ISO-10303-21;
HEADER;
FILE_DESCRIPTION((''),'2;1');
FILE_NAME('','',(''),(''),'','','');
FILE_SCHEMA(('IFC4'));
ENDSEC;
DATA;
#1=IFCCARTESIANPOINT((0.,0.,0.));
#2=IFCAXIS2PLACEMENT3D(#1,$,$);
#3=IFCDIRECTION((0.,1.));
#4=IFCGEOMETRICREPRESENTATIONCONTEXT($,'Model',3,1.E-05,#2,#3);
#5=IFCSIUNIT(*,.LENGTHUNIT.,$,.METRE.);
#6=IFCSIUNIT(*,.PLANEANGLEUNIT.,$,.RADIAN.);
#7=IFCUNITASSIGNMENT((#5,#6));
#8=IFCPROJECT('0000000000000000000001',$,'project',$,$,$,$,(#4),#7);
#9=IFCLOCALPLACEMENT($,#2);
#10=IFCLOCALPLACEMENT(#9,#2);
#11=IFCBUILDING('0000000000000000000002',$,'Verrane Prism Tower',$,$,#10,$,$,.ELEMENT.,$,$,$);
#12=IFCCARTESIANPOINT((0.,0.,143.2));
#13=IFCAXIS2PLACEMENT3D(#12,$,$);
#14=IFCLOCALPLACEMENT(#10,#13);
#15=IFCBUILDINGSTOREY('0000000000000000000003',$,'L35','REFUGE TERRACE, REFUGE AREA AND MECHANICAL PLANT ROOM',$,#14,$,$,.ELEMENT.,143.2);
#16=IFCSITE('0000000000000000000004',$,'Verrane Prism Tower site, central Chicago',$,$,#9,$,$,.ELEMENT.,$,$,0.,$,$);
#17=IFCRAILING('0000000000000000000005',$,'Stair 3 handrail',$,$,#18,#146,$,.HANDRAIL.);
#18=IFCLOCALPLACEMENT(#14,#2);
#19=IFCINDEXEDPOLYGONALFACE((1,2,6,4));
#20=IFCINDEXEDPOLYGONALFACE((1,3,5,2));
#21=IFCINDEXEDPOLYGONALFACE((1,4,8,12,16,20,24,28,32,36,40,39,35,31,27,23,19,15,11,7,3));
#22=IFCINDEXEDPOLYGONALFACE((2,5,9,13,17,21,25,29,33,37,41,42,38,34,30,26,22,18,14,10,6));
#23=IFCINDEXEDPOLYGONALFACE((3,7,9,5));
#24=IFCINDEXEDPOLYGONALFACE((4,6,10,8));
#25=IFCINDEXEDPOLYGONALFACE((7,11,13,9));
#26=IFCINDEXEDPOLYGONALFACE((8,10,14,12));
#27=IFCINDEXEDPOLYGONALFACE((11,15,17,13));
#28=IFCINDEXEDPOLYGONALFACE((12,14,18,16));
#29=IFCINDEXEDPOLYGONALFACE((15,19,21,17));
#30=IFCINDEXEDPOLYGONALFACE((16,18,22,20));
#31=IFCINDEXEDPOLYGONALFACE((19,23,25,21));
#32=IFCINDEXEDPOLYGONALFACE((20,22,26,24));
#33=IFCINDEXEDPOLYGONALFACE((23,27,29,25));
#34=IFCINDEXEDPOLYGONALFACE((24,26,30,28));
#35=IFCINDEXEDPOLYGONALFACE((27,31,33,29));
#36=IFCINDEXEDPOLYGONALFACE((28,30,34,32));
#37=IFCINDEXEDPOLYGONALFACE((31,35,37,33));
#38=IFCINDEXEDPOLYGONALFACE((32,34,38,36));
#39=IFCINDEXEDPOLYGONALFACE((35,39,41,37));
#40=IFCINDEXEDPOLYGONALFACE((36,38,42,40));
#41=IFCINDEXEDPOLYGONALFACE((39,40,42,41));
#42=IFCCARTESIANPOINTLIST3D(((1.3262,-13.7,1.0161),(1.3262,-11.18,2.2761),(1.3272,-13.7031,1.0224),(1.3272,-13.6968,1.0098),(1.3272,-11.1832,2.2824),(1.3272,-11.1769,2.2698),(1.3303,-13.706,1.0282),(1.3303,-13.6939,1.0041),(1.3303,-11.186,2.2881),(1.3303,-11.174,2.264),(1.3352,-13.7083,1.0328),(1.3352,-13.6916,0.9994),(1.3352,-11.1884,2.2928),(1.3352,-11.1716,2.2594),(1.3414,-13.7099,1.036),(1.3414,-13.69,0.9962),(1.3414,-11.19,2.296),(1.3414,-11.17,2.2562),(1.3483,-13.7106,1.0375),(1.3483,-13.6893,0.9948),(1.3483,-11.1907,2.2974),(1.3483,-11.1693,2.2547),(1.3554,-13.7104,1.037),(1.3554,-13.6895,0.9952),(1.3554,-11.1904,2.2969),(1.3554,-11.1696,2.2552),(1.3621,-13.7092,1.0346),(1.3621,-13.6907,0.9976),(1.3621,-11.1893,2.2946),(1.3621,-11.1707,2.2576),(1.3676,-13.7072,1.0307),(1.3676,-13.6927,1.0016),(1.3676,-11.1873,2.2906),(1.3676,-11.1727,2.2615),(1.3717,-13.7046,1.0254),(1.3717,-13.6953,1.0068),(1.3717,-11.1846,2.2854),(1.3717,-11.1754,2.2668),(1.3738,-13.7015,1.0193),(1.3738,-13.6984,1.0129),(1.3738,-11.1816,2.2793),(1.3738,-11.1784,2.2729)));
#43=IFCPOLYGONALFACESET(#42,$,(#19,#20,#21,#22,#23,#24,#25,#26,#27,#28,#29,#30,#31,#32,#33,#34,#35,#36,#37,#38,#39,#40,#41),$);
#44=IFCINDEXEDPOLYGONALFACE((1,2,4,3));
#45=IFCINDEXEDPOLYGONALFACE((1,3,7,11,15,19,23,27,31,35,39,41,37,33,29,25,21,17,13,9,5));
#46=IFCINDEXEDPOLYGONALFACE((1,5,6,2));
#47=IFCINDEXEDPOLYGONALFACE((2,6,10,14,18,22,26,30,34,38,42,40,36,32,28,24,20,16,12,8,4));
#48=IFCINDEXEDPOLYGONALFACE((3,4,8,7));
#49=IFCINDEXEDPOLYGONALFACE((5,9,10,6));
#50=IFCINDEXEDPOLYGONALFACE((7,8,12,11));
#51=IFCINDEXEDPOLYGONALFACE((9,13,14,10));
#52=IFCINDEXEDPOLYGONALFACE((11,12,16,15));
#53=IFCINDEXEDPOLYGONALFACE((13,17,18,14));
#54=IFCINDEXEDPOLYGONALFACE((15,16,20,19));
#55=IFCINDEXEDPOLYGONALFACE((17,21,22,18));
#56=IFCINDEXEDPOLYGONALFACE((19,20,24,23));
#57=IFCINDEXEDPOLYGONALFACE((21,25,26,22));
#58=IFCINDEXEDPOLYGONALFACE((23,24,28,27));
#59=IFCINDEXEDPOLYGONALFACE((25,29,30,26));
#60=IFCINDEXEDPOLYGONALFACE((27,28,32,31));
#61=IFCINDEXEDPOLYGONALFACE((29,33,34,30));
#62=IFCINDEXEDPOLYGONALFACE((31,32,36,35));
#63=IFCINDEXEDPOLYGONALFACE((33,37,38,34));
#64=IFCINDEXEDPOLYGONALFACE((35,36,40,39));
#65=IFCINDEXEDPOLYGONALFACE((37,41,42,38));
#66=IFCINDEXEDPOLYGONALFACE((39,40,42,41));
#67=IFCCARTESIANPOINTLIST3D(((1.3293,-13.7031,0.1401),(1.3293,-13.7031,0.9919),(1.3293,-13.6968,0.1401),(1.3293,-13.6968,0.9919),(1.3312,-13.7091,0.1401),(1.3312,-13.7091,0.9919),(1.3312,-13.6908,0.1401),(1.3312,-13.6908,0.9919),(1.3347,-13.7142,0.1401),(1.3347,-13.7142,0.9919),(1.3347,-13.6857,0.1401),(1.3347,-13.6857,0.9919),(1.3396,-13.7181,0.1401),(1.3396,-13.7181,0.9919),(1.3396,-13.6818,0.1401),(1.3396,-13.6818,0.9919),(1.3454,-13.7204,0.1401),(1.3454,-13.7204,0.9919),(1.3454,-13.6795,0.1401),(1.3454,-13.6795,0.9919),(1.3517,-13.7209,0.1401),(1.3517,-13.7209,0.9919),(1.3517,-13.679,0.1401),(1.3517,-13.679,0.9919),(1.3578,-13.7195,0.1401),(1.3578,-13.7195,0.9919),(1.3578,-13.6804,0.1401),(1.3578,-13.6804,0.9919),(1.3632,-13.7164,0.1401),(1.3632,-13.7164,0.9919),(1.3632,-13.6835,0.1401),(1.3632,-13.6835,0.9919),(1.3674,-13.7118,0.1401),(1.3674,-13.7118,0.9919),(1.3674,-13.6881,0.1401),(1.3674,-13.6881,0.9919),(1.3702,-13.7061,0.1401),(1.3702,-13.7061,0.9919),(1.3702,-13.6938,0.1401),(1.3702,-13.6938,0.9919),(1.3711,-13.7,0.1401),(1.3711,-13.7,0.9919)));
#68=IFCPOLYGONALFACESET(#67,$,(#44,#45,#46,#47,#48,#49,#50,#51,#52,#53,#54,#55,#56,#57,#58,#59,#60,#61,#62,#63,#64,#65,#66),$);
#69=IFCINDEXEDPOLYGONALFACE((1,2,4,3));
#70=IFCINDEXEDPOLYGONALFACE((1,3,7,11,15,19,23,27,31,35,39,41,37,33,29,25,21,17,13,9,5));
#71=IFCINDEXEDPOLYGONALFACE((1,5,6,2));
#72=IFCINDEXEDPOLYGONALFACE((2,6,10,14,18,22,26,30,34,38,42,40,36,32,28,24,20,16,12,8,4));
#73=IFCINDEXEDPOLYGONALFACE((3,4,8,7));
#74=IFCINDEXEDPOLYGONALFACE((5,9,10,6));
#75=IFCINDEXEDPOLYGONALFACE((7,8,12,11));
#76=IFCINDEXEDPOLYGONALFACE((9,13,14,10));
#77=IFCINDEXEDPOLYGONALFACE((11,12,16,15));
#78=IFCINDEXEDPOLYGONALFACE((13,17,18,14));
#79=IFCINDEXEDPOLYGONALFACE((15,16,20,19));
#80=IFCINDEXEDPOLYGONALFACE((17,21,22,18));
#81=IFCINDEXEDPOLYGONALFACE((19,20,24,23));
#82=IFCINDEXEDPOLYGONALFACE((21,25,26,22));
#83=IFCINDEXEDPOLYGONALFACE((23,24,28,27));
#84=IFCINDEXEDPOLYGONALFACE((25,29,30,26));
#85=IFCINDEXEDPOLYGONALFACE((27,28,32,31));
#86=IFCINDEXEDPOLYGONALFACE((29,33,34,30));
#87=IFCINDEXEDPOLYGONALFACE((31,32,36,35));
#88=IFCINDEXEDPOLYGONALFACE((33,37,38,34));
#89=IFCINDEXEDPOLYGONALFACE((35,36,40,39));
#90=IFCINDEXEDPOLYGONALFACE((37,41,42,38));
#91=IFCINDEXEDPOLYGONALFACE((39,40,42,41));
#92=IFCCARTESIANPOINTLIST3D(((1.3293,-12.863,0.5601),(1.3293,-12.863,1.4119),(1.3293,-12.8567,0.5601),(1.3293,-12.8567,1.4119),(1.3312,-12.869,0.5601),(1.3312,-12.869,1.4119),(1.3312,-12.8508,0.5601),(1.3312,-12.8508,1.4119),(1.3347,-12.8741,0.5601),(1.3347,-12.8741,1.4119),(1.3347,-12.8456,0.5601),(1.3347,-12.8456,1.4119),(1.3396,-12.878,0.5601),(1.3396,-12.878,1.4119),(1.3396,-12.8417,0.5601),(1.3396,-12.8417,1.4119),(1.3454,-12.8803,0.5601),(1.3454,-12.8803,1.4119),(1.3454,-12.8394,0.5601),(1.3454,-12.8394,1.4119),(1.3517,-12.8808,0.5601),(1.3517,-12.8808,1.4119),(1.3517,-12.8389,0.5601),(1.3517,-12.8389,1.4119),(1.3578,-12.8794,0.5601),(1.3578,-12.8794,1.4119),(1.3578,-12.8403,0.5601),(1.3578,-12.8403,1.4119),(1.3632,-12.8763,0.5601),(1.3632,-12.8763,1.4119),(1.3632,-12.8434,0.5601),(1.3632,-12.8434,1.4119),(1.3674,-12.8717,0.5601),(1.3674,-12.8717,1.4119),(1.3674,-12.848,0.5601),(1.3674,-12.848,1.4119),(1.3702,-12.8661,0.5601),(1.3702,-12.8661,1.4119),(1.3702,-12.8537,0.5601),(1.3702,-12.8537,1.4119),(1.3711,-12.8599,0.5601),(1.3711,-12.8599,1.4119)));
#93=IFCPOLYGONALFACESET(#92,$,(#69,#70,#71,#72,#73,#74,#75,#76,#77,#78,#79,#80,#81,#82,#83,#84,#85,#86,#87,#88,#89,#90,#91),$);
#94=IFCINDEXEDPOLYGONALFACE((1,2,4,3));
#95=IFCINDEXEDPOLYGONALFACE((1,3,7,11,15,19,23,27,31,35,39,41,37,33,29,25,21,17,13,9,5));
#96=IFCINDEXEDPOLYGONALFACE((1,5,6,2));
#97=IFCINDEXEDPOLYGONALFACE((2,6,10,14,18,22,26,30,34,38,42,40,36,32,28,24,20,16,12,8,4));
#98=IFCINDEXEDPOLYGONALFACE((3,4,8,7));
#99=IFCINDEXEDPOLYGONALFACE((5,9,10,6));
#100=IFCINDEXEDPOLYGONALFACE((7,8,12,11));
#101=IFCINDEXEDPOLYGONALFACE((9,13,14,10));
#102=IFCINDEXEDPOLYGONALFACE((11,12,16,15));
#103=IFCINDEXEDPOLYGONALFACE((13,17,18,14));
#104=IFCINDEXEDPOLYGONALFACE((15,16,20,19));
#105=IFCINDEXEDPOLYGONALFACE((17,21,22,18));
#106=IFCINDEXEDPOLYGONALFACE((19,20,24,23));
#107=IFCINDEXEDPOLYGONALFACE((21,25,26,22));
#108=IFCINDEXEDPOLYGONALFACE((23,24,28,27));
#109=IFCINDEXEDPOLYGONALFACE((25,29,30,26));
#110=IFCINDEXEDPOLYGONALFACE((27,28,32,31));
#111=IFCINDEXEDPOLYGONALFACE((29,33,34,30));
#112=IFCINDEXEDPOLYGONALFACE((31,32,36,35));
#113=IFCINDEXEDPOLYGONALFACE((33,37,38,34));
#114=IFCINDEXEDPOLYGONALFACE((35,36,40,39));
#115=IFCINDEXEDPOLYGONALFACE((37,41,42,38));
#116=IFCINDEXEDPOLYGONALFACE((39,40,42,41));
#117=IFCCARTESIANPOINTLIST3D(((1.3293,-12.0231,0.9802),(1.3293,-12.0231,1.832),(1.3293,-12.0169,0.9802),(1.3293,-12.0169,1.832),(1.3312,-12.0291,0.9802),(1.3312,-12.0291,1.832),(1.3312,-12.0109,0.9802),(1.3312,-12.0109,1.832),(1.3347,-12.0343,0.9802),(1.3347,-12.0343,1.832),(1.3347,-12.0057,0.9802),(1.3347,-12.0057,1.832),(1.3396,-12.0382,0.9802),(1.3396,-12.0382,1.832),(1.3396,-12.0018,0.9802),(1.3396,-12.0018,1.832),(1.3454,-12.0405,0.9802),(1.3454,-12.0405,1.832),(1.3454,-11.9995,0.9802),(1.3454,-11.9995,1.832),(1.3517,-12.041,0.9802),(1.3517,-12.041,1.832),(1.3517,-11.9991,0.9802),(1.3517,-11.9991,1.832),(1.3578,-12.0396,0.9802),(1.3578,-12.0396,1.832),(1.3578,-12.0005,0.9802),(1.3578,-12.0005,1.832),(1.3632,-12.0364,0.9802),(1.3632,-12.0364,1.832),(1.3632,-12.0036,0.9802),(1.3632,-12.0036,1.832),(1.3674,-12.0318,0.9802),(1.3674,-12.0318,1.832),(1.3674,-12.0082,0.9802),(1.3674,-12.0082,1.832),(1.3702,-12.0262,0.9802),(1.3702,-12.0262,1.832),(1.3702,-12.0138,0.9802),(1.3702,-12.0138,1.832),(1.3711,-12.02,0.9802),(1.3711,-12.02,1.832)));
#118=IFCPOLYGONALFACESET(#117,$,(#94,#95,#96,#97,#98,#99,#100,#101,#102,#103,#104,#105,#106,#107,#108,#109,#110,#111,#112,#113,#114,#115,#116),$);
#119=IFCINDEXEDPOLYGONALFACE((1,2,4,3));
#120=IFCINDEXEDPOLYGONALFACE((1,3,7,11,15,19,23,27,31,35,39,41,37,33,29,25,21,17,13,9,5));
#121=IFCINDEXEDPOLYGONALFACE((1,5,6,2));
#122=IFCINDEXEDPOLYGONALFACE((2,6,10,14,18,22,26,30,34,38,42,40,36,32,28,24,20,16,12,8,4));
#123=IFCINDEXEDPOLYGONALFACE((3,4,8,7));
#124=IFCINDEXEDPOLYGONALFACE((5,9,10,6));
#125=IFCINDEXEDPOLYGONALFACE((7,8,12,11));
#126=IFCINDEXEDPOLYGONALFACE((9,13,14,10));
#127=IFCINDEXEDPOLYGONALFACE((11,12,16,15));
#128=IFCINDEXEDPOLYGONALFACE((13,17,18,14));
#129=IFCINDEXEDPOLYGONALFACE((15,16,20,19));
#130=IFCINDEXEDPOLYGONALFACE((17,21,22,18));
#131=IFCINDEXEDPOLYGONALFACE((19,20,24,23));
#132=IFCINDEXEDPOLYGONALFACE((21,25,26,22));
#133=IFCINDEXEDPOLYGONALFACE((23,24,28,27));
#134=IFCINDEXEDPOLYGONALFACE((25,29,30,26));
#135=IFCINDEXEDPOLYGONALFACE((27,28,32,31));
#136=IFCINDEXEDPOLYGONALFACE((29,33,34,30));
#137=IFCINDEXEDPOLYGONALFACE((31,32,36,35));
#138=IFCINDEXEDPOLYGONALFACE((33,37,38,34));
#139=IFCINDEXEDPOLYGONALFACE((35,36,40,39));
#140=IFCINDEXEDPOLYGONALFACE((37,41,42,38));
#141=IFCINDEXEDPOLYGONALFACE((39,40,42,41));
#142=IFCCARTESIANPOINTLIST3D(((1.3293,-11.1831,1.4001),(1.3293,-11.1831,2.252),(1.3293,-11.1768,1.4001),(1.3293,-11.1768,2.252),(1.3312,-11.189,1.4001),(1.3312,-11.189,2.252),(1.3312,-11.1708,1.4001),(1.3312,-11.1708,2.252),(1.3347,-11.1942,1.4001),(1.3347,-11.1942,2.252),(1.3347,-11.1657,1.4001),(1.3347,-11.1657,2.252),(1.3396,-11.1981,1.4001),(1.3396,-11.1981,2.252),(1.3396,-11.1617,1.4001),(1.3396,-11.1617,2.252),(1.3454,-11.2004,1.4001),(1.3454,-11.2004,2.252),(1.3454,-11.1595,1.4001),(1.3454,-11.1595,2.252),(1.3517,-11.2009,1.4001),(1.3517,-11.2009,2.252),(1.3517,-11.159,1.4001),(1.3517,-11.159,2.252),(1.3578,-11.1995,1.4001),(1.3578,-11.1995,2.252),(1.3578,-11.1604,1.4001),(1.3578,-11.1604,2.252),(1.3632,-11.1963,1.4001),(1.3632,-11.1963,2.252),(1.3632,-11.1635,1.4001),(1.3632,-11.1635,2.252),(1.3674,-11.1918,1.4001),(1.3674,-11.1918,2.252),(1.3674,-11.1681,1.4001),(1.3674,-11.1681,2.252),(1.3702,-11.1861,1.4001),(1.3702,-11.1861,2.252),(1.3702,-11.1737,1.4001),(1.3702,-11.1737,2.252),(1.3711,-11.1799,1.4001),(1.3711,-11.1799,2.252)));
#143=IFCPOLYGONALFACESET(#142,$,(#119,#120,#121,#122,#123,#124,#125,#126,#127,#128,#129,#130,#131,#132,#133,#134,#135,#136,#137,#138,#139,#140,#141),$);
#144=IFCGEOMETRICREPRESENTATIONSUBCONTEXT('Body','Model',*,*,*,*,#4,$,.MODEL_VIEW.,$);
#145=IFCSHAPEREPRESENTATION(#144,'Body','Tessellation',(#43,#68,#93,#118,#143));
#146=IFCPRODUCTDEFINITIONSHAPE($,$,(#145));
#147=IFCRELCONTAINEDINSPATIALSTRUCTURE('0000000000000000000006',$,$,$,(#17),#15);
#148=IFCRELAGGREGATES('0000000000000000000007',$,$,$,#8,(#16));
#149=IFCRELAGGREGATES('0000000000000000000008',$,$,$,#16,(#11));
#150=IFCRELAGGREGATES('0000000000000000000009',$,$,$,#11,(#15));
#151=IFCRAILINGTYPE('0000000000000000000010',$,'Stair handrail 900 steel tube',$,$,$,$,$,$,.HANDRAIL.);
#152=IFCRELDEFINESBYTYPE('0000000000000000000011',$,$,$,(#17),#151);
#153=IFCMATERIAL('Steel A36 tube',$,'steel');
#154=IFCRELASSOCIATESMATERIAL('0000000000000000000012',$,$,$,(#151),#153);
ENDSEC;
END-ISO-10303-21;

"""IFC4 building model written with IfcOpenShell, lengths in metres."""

from ifc_helpers import new_model, si_unit, direction, frame, origin, origin_2d, place, context, subcontext, project, spatial, circle, extrude, material, type_object, element, save


model = new_model("IFC4")

# Units and contexts
model_context = context("Model", 3, precision=1e-05, world=origin(), true_north=direction((0.0, 1.0)))
body_context = subcontext(model_context, "Body", "Model", "MODEL_VIEW")
ifc_project = project(units=[si_unit("LENGTHUNIT", "METRE"), si_unit("PLANEANGLEUNIT", "RADIAN")], contexts=[model_context])

# Site, building, storey
site_placement = place(None, origin())
site = spatial("IfcSite", under=ifc_project, at=site_placement, Name="Verrane Prism Tower site, central Chicago", CompositionType="ELEMENT", RefElevation=0.0)
building_placement = place(site_placement, origin())
building = spatial("IfcBuilding", under=site, at=building_placement, Name="Verrane Prism Tower", CompositionType="ELEMENT")
storey_placement = place(building_placement, frame((0.0, 0.0, 143.2)))
storey = spatial("IfcBuildingStorey", under=building, at=storey_placement, Name="L35", Description="REFUGE TERRACE, REFUGE AREA AND MECHANICAL PLANT ROOM", CompositionType="ELEMENT", Elevation=143.2)

# Railing
ifc_material_1 = material(Name="Steel A36 tube", Category="steel")
railing_type_1 = type_object("IfcRailingType", Name="Stair handrail 900 steel tube", PredefinedType="HANDRAIL", material=ifc_material_1)
for number, where, name in (
    (1, (1.3501, -13.7, 0.1401), "Stair 3 handrail"),
):
    element("IfcRailing", number, at=place(storey_placement, frame(where)), inside=storey, type_object=railing_type_1, Name=name, PredefinedType="HANDRAIL", context=body_context, shape_type="SweptSolid", body=[
        extrude(circle(Radius=0.0239, at=origin_2d()), frame((0.0, 0.0, 0.876), z_axis=(0.0, 0.894427, 0.447214), x_axis=(-1.0, 0.0, 0.0)), (0.0, 0.0, 1.0), 2.8174),
        extrude(circle(Radius=0.021, at=origin_2d()), origin(), (0.0, 0.0, 1.0), 0.8518),
        extrude(circle(Radius=0.021, at=origin_2d()), frame((0.0, 0.8401, 0.4199)), (0.0, 0.0, 1.0), 0.8518),
        extrude(circle(Radius=0.021, at=origin_2d()), frame((0.0, 1.6799, 0.8401)), (0.0, 0.0, 1.0), 0.8518),
        extrude(circle(Radius=0.021, at=origin_2d()), frame((0.0, 2.52, 1.26)), (0.0, 0.0, 1.0), 0.8518),
    ])

save(model, "model.ifc")
